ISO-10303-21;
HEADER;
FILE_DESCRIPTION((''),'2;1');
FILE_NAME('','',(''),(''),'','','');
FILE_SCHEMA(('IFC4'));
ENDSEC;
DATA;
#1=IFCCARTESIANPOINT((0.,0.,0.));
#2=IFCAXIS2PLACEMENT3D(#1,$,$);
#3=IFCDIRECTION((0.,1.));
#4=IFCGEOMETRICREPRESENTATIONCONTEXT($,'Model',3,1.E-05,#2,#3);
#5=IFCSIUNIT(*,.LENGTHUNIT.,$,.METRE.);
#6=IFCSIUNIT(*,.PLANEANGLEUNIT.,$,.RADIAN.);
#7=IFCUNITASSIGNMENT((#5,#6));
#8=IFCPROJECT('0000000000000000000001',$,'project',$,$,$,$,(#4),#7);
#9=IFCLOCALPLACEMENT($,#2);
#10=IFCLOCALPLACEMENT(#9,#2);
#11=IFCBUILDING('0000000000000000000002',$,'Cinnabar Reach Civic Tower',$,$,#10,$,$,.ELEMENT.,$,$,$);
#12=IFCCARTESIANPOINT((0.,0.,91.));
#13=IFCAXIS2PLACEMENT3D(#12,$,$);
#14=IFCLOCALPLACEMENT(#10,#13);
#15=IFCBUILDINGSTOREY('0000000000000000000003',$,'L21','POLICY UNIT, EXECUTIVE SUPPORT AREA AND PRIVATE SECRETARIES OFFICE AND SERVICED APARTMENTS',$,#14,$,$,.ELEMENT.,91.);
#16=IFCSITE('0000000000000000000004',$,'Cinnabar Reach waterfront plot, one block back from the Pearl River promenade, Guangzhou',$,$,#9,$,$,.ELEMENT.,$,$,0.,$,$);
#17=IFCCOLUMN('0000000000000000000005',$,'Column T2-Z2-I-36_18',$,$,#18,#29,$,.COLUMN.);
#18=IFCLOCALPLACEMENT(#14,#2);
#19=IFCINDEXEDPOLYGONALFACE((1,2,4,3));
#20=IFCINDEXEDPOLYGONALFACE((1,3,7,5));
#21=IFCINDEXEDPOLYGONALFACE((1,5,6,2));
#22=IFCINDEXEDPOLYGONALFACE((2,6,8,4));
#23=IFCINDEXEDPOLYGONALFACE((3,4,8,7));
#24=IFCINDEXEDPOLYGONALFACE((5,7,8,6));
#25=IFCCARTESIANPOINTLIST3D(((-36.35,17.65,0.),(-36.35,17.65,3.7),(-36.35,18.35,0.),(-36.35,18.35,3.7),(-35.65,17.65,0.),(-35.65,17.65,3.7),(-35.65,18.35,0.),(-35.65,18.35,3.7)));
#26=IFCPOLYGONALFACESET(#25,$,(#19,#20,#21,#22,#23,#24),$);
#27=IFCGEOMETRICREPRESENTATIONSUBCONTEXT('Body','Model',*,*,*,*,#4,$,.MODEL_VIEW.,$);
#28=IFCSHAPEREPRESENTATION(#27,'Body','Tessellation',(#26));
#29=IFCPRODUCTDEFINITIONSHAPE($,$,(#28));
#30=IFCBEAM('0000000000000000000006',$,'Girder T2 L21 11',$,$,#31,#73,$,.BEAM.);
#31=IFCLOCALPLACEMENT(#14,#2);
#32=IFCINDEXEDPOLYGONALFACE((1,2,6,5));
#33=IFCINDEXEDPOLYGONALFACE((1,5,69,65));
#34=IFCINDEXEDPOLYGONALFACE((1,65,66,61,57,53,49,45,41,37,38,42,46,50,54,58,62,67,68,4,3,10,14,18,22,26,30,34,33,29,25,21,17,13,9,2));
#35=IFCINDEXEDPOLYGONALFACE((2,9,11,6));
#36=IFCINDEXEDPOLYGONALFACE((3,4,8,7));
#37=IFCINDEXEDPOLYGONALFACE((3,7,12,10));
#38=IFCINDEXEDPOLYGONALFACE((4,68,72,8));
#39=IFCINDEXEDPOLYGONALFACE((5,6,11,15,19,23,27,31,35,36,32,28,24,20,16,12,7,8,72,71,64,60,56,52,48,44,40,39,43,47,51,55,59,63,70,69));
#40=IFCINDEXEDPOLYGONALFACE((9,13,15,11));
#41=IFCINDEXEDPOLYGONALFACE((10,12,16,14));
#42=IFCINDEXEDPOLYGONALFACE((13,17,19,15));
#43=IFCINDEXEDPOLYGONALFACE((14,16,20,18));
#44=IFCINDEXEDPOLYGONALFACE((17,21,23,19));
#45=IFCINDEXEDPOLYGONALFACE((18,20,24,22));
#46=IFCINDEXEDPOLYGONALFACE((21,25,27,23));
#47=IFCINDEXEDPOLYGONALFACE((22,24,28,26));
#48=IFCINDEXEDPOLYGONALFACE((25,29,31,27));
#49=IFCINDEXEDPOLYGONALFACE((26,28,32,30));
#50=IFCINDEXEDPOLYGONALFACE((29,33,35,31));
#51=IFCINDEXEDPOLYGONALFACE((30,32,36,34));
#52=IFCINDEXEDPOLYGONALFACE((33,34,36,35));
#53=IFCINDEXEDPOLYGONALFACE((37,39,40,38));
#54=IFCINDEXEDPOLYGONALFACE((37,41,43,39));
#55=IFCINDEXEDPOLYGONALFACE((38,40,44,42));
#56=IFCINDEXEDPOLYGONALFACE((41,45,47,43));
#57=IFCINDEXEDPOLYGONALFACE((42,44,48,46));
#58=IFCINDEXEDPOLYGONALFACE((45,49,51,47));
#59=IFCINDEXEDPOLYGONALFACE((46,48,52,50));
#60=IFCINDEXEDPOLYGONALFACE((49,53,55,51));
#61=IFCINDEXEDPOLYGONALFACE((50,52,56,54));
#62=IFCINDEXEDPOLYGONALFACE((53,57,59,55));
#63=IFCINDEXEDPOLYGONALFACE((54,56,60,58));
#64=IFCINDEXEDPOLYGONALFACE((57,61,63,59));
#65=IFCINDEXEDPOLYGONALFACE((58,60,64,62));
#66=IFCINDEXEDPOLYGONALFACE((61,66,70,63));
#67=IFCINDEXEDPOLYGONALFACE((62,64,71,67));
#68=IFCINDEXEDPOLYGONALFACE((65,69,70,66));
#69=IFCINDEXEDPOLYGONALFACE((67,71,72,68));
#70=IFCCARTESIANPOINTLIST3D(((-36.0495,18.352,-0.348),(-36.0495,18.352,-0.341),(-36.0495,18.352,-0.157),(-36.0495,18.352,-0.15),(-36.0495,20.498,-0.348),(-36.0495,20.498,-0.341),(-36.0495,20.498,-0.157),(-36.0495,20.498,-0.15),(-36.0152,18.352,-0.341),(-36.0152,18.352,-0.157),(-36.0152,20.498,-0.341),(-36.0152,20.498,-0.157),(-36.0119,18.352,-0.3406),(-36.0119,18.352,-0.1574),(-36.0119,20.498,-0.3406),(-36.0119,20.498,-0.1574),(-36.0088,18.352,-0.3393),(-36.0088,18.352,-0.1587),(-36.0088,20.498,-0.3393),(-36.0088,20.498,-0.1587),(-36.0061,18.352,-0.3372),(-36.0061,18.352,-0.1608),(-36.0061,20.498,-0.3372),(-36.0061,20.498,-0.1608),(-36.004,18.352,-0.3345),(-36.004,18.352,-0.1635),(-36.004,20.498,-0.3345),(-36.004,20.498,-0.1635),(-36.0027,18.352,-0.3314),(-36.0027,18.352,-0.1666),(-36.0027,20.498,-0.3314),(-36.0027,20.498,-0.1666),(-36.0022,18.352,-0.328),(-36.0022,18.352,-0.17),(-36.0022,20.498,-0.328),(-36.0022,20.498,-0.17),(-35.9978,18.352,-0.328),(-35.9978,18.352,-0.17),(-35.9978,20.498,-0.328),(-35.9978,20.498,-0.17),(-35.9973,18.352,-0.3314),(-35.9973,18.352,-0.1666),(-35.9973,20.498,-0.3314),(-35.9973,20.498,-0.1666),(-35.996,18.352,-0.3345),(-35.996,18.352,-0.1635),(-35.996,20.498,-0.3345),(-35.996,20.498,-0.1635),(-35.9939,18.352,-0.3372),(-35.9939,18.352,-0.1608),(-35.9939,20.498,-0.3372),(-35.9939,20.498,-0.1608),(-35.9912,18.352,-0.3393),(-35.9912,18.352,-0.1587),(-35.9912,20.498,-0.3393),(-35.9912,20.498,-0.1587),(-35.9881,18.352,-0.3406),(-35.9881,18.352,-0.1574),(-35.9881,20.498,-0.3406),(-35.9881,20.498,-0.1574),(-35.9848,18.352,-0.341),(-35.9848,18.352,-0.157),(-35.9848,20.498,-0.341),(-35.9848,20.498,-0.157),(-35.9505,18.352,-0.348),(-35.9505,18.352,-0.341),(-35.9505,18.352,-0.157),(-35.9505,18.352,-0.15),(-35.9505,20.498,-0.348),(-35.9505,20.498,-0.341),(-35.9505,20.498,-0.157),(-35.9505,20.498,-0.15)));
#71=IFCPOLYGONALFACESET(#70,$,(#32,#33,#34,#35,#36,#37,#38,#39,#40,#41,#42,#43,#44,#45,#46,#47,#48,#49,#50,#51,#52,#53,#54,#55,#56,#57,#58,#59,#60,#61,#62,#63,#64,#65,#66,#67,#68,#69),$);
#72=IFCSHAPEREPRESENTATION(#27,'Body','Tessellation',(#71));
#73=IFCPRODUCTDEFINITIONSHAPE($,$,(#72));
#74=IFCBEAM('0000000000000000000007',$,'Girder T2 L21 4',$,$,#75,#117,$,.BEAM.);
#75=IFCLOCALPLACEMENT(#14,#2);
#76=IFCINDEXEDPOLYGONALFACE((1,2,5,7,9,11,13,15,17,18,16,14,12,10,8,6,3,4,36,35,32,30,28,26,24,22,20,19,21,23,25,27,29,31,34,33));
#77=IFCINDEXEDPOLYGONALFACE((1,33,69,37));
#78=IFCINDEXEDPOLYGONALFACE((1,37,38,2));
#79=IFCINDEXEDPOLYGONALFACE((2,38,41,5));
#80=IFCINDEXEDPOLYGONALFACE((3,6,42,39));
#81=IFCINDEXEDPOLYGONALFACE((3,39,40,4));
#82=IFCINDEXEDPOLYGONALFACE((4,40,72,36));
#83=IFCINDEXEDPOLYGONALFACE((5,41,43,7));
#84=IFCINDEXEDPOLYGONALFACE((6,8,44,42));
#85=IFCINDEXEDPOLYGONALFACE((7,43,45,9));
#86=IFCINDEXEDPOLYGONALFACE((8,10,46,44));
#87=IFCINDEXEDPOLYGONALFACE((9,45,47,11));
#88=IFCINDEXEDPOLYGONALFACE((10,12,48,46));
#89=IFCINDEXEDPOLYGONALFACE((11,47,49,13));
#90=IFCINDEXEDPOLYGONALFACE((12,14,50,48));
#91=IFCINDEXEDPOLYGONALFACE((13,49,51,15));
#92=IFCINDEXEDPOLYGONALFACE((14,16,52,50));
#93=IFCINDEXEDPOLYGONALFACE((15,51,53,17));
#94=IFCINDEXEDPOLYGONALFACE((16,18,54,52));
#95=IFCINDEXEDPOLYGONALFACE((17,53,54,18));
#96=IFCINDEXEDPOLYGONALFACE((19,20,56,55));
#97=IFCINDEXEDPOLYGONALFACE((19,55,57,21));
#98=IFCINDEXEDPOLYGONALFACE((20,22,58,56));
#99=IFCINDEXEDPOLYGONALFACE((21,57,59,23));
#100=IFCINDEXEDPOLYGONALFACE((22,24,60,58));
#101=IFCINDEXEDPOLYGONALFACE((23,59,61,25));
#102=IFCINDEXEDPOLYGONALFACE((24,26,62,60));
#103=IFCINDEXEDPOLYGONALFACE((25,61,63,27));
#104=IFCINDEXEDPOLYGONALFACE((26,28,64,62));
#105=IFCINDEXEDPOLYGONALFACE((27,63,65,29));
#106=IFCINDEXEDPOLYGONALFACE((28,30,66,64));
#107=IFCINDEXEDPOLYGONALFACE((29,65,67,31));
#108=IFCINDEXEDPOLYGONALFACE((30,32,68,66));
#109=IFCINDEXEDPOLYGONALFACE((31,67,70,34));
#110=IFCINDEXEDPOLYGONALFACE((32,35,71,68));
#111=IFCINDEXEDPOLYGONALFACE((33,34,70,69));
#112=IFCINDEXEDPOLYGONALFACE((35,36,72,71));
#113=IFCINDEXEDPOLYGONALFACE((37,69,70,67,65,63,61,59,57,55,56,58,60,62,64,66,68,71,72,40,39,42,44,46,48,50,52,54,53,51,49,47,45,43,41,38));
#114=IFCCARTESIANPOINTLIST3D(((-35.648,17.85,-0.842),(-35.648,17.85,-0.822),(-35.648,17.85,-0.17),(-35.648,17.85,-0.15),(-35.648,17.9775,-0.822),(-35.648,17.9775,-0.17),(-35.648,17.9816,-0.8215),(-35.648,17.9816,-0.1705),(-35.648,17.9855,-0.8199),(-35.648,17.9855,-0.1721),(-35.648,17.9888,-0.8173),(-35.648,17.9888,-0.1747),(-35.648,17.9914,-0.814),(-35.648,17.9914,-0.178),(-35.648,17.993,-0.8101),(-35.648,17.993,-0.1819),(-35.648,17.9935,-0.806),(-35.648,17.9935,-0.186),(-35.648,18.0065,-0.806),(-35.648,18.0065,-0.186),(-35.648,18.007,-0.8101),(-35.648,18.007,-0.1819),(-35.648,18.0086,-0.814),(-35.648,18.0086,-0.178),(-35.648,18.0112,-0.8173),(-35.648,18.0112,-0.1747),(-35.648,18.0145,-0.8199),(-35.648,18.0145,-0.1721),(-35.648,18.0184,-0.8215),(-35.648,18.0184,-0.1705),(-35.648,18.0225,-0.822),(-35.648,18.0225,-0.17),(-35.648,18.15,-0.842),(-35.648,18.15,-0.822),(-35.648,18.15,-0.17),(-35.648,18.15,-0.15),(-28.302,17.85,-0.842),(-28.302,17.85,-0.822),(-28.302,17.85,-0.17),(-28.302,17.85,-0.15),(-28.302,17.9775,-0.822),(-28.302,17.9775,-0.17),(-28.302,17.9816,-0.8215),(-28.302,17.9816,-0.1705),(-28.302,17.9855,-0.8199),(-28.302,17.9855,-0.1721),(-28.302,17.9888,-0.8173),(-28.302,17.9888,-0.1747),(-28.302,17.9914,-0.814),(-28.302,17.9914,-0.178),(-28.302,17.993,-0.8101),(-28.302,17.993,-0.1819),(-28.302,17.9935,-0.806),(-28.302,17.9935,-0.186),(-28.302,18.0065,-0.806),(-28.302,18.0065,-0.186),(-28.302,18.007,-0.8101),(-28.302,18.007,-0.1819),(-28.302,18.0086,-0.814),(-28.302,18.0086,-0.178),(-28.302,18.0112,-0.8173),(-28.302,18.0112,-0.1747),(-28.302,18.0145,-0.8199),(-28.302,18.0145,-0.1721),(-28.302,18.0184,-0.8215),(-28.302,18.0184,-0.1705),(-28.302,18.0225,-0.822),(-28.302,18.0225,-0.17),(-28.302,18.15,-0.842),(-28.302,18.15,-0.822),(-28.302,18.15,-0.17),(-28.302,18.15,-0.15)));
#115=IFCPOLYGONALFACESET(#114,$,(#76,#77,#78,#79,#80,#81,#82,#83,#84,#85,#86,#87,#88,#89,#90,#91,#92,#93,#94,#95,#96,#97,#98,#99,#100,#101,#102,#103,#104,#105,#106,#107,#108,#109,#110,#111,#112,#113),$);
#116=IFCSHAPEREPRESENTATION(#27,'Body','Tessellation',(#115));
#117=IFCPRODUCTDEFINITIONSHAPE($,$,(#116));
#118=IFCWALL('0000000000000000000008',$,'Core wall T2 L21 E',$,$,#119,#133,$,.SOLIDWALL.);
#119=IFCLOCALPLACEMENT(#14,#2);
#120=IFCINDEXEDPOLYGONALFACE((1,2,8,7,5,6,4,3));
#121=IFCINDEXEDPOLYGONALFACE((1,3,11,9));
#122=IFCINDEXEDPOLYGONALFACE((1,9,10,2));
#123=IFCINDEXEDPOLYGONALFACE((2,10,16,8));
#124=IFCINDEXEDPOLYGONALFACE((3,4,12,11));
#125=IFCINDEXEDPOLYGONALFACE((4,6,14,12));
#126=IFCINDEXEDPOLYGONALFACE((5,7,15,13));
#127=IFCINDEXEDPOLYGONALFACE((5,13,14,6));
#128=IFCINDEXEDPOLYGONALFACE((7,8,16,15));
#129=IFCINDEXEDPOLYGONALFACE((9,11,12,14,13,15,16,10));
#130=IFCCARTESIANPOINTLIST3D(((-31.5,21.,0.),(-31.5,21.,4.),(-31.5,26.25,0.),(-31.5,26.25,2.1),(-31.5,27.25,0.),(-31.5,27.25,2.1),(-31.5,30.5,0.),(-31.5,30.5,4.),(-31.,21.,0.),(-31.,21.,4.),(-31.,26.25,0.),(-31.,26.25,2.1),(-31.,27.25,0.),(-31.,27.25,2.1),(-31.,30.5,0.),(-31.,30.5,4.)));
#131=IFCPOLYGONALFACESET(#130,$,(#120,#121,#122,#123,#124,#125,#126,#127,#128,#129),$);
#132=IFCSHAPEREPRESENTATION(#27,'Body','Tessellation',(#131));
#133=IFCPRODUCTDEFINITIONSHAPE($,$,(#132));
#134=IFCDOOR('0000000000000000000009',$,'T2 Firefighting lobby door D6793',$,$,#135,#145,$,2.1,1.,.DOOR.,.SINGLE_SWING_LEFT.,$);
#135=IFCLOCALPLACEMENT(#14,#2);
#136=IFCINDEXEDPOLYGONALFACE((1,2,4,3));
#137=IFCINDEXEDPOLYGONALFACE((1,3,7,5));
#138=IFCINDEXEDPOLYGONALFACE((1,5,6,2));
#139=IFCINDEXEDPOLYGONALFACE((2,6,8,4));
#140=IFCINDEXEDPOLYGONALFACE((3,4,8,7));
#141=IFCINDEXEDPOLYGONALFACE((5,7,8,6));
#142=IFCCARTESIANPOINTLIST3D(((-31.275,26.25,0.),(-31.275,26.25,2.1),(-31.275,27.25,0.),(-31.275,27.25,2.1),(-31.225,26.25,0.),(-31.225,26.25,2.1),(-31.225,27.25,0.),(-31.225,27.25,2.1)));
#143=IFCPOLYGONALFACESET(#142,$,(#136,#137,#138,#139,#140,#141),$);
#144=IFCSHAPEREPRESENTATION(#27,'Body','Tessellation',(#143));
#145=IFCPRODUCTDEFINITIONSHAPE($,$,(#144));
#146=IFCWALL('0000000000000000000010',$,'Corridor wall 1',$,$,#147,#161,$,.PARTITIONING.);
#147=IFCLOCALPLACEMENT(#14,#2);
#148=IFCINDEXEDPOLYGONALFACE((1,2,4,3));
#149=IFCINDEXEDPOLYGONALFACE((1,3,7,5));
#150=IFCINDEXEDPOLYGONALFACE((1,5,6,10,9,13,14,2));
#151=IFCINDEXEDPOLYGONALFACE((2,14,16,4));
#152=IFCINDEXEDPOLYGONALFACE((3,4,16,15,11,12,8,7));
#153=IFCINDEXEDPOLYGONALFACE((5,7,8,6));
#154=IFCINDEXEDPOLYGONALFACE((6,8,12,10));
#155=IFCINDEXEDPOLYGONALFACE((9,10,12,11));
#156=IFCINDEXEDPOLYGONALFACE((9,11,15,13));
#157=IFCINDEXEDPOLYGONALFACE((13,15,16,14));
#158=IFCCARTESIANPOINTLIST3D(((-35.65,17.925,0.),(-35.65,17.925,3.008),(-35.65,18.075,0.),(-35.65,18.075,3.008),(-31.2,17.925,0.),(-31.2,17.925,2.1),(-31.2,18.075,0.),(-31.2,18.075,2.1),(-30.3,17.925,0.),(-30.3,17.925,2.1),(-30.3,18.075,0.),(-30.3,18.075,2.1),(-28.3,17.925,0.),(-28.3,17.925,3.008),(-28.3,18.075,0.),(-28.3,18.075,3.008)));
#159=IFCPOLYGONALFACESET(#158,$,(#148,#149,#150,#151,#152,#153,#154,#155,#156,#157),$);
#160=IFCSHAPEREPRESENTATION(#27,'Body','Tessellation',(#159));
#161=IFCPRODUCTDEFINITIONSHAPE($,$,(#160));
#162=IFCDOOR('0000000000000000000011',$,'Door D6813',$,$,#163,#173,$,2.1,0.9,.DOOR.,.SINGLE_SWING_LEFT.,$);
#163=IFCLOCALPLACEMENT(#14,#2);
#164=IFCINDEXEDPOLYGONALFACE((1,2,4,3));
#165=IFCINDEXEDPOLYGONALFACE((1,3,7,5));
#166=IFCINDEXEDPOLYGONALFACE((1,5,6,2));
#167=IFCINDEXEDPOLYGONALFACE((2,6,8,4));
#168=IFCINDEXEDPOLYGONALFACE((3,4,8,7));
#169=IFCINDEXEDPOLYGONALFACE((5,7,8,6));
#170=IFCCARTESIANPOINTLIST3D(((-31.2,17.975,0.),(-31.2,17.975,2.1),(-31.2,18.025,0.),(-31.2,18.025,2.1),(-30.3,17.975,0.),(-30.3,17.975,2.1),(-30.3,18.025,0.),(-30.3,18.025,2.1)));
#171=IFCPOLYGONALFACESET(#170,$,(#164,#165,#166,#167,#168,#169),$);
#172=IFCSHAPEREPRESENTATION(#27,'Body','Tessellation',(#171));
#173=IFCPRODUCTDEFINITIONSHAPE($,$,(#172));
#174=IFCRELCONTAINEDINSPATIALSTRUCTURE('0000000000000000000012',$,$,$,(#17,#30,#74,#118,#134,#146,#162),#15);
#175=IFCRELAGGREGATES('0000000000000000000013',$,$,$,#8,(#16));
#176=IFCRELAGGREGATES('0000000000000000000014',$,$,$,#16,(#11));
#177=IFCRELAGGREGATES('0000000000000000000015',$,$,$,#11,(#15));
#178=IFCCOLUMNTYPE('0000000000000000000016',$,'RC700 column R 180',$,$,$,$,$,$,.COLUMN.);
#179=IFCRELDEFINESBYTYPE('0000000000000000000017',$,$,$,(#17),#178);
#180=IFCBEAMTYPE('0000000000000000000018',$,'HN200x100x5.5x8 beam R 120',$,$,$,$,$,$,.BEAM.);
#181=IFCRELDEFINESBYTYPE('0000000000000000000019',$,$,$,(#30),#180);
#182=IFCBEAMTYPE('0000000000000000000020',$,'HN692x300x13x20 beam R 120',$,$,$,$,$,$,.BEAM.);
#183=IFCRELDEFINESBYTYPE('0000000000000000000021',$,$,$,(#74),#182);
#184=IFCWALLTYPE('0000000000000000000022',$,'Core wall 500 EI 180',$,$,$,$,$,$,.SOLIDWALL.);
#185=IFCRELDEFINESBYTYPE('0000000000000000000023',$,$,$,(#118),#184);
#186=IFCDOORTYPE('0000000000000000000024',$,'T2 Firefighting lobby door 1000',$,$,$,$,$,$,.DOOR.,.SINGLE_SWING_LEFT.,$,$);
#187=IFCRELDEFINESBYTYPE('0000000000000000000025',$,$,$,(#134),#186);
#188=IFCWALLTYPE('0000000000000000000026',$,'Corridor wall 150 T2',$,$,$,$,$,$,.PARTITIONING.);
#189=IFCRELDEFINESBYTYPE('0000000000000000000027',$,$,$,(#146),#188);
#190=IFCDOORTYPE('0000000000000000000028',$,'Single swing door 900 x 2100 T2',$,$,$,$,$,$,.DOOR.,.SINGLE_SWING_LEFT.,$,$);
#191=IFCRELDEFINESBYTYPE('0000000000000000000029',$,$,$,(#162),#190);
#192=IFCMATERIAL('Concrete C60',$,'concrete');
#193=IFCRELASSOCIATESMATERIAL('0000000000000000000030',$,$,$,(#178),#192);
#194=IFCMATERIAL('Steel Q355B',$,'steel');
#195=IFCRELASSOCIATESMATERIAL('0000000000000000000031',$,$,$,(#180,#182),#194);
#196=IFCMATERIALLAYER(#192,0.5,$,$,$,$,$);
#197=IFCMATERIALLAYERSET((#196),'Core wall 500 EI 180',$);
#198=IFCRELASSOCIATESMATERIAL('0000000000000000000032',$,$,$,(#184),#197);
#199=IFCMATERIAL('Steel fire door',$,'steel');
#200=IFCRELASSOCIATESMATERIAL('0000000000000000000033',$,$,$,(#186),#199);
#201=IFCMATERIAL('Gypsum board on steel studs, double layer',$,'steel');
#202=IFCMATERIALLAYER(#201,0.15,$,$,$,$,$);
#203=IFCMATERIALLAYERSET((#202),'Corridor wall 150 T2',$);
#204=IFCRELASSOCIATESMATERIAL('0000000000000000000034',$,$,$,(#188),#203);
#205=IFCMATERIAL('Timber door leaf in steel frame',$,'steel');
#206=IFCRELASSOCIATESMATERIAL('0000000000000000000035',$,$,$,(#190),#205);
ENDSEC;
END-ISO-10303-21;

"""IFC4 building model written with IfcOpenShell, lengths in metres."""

from ifc_helpers import new_model, si_unit, direction, frame, frame_2d, origin, origin_2d, place, context, subcontext, project, spatial, rectangle, i_section, extrude, material, layer, layer_set, material_profile, profile_set, type_object, element, fill, save


model = new_model("IFC4")

# Units and contexts
model_context = context("Model", 3, precision=1e-05, world=origin(), true_north=direction((0.0, 1.0)))
body_context = subcontext(model_context, "Body", "Model", "MODEL_VIEW")
ifc_project = project(units=[si_unit("LENGTHUNIT", "METRE"), si_unit("PLANEANGLEUNIT", "RADIAN")], contexts=[model_context])

# Site, building, storey
site_placement = place(None, origin())
site = spatial("IfcSite", under=ifc_project, at=site_placement, Name="Cinnabar Reach waterfront plot, one block back from the Pearl River promenade, Guangzhou", CompositionType="ELEMENT", RefElevation=0.0)
building_placement = place(site_placement, origin())
building = spatial("IfcBuilding", under=site, at=building_placement, Name="Cinnabar Reach Civic Tower", CompositionType="ELEMENT")
storey_placement = place(building_placement, frame((0.0, 0.0, 91.0)))
storey = spatial("IfcBuildingStorey", under=building, at=storey_placement, Name="L21", Description="POLICY UNIT, EXECUTIVE SUPPORT AREA AND PRIVATE SECRETARIES OFFICE AND SERVICED APARTMENTS", CompositionType="ELEMENT", Elevation=91.0)

# Column
ifc_material_1 = material(Name="Concrete C60", Category="concrete")
ifc_material_profile_1 = material_profile(ifc_material_1, rectangle(XDim=0.7, YDim=0.7, at=origin_2d()), Name="RC700")
ifc_profile_set_1 = profile_set([ifc_material_profile_1], Name="Concrete C60")
column_type = type_object("IfcColumnType", Name="RC700 column R 180", PredefinedType="COLUMN", material=ifc_profile_set_1)
column_placement = place(storey_placement, frame((-36.0, 18.0, 0.0), z_axis=(0.0, 0.0, 1.0), x_axis=(1.0, 0.0, 0.0)))
element("IfcColumn", 1, at=column_placement, inside=storey, type_object=column_type, Name="Column T2-Z2-I-36_18", PredefinedType="COLUMN", context=body_context, shape_type="SweptSolid", body=[
    extrude(rectangle(XDim=0.7, YDim=0.7, at=origin_2d()), origin(), (0.0, 0.0, 1.0), 3.7),
])

# Beams
ifc_material_2 = material(Name="Steel Q355B", Category="steel")
ifc_material_profile_2 = material_profile(ifc_material_2, i_section(OverallWidth=0.099, OverallDepth=0.198, WebThickness=0.0045, FlangeThickness=0.007, FilletRadius=0.013, at=origin_2d()), Name="HN200x100x5.5x8")
ifc_profile_set_2 = profile_set([ifc_material_profile_2], Name="Steel Q355B")
beam_type_1 = type_object("IfcBeamType", Name="HN200x100x5.5x8 beam R 120", PredefinedType="BEAM", material=ifc_profile_set_2)
beam_1_placement = place(storey_placement, frame((-36.0, 18.352, -0.249), z_axis=(0.0, 1.0, 0.0), x_axis=(-1.0, 0.0, 0.0)))
element("IfcBeam", 2, at=beam_1_placement, inside=storey, type_object=beam_type_1, Name="Girder T2 L21 11", PredefinedType="BEAM", context=body_context, shape_type="SweptSolid", body=[
    extrude(i_section(OverallWidth=0.099, OverallDepth=0.198, WebThickness=0.0045, FlangeThickness=0.007, FilletRadius=0.013, at=origin_2d()), origin(), (0.0, 0.0, 1.0), 2.146),
])
ifc_material_profile_3 = material_profile(ifc_material_2, i_section(OverallWidth=0.3, OverallDepth=0.692, WebThickness=0.013, FlangeThickness=0.02, FilletRadius=0.016, at=origin_2d()), Name="HN692x300x13x20")
ifc_profile_set_3 = profile_set([ifc_material_profile_3], Name="Steel Q355B")
beam_type_2 = type_object("IfcBeamType", Name="HN692x300x13x20 beam R 120", PredefinedType="BEAM", material=ifc_profile_set_3)
beam_2_placement = place(storey_placement, frame((-35.648, 18.0, -0.496), z_axis=(1.0, 0.0, 0.0), x_axis=(0.0, 1.0, 0.0)))
element("IfcBeam", 3, at=beam_2_placement, inside=storey, type_object=beam_type_2, Name="Girder T2 L21 4", PredefinedType="BEAM", context=body_context, shape_type="SweptSolid", body=[
    extrude(i_section(OverallWidth=0.3, OverallDepth=0.692, WebThickness=0.013, FlangeThickness=0.02, FilletRadius=0.016, at=origin_2d()), origin(), (0.0, 0.0, 1.0), 7.346),
])

# Walls, openings, doors
ifc_layer_1 = layer(ifc_material_1, 0.5)
ifc_layer_set_1 = layer_set([ifc_layer_1], Name="Core wall 500 EI 180")
wall_type_1 = type_object("IfcWallType", Name="Core wall 500 EI 180", PredefinedType="SOLIDWALL", material=ifc_layer_set_1)
wall_1_placement = place(storey_placement, frame((-31.25, 21.0, 0.0), z_axis=(0.0, 0.0, 1.0), x_axis=(0.0, 1.0, 0.0)))
wall_1 = element("IfcWall", 4, at=wall_1_placement, inside=storey, type_object=wall_type_1, Name="Core wall T2 L21 E", PredefinedType="SOLIDWALL", context=body_context, shape_type="SweptSolid", body=[
    extrude(rectangle(XDim=9.5, YDim=0.5, at=frame_2d((4.75, 0.0))), origin(), (0.0, 0.0, 1.0), 4.0),
])
opening_1_placement = place(wall_1_placement, frame((5.25, 0.0, 0.0)))
opening_1 = element("IfcOpeningElement", 5, at=opening_1_placement, cuts=wall_1, PredefinedType="OPENING", context=body_context, shape_type="SweptSolid", body=[
    extrude(rectangle(XDim=1.0, YDim=2.1, at=frame_2d((0.5, 1.05))), frame((0.0, 0.26, 0.0), z_axis=(0.0, -1.0, 0.0), x_axis=(1.0, 0.0, 0.0)), (0.0, 0.0, 1.0), 0.52),
])
ifc_material_3 = material(Name="Steel fire door", Category="steel")
door_type_1 = type_object("IfcDoorType", Name="T2 Firefighting lobby door 1000", OperationType="SINGLE_SWING_LEFT", PredefinedType="DOOR", material=ifc_material_3)
door_1_placement = place(opening_1_placement, frame((1.0, 0.0, 0.0), z_axis=(0.0, 0.0, 1.0), x_axis=(-1.0, 0.0, 0.0)))
door_1 = element("IfcDoor", 6, at=door_1_placement, inside=storey, type_object=door_type_1, Name="T2 Firefighting lobby door D6793", OperationType="SINGLE_SWING_LEFT", OverallHeight=2.1, OverallWidth=1.0, PredefinedType="DOOR", context=body_context, shape_type="SweptSolid", body=[
    extrude(rectangle(XDim=1.0, YDim=2.1, at=frame_2d((0.5, 1.05))), frame((0.0, 0.025, 0.0), z_axis=(0.0, -1.0, 0.0), x_axis=(1.0, 0.0, 0.0)), (0.0, 0.0, 1.0), 0.05),
])
fill(opening_1, door_1)
ifc_material_4 = material(Name="Gypsum board on steel studs, double layer", Category="steel")
ifc_layer_2 = layer(ifc_material_4, 0.15)
ifc_layer_set_2 = layer_set([ifc_layer_2], Name="Corridor wall 150 T2")
wall_type_2 = type_object("IfcWallType", Name="Corridor wall 150 T2", PredefinedType="PARTITIONING", material=ifc_layer_set_2)
wall_2_placement = place(storey_placement, frame((-35.65, 18.0, 0.0), z_axis=(0.0, 0.0, 1.0), x_axis=(1.0, 0.0, 0.0)))
wall_2 = element("IfcWall", 7, at=wall_2_placement, inside=storey, type_object=wall_type_2, Name="Corridor wall 1", PredefinedType="PARTITIONING", context=body_context, shape_type="SweptSolid", body=[
    extrude(rectangle(XDim=7.35, YDim=0.15, at=frame_2d((3.675, 0.0))), origin(), (0.0, 0.0, 1.0), 3.008),
])
opening_2_placement = place(wall_2_placement, frame((4.45, 0.0, 0.0)))
opening_2 = element("IfcOpeningElement", 8, at=opening_2_placement, cuts=wall_2, PredefinedType="OPENING", context=body_context, shape_type="SweptSolid", body=[
    extrude(rectangle(XDim=0.9, YDim=2.1, at=frame_2d((0.45, 1.05))), frame((0.0, 0.085, 0.0), z_axis=(0.0, -1.0, 0.0), x_axis=(1.0, 0.0, 0.0)), (0.0, 0.0, 1.0), 0.17),
])
ifc_material_5 = material(Name="Timber door leaf in steel frame", Category="steel")
door_type_2 = type_object("IfcDoorType", Name="Single swing door 900 x 2100 T2", OperationType="SINGLE_SWING_LEFT", PredefinedType="DOOR", material=ifc_material_5)
door_2_placement = place(opening_2_placement, frame((0.9, 0.0, 0.0), z_axis=(0.0, 0.0, 1.0), x_axis=(-1.0, 0.0, 0.0)))
door_2 = element("IfcDoor", 9, at=door_2_placement, inside=storey, type_object=door_type_2, Name="Door D6813", OperationType="SINGLE_SWING_LEFT", OverallHeight=2.1, OverallWidth=0.9, PredefinedType="DOOR", context=body_context, shape_type="SweptSolid", body=[
    extrude(rectangle(XDim=0.9, YDim=2.1, at=frame_2d((0.45, 1.05))), frame((0.0, 0.025, 0.0), z_axis=(0.0, -1.0, 0.0), x_axis=(1.0, 0.0, 0.0)), (0.0, 0.0, 1.0), 0.05),
])
fill(opening_2, door_2)

save(model, "model.ifc")
